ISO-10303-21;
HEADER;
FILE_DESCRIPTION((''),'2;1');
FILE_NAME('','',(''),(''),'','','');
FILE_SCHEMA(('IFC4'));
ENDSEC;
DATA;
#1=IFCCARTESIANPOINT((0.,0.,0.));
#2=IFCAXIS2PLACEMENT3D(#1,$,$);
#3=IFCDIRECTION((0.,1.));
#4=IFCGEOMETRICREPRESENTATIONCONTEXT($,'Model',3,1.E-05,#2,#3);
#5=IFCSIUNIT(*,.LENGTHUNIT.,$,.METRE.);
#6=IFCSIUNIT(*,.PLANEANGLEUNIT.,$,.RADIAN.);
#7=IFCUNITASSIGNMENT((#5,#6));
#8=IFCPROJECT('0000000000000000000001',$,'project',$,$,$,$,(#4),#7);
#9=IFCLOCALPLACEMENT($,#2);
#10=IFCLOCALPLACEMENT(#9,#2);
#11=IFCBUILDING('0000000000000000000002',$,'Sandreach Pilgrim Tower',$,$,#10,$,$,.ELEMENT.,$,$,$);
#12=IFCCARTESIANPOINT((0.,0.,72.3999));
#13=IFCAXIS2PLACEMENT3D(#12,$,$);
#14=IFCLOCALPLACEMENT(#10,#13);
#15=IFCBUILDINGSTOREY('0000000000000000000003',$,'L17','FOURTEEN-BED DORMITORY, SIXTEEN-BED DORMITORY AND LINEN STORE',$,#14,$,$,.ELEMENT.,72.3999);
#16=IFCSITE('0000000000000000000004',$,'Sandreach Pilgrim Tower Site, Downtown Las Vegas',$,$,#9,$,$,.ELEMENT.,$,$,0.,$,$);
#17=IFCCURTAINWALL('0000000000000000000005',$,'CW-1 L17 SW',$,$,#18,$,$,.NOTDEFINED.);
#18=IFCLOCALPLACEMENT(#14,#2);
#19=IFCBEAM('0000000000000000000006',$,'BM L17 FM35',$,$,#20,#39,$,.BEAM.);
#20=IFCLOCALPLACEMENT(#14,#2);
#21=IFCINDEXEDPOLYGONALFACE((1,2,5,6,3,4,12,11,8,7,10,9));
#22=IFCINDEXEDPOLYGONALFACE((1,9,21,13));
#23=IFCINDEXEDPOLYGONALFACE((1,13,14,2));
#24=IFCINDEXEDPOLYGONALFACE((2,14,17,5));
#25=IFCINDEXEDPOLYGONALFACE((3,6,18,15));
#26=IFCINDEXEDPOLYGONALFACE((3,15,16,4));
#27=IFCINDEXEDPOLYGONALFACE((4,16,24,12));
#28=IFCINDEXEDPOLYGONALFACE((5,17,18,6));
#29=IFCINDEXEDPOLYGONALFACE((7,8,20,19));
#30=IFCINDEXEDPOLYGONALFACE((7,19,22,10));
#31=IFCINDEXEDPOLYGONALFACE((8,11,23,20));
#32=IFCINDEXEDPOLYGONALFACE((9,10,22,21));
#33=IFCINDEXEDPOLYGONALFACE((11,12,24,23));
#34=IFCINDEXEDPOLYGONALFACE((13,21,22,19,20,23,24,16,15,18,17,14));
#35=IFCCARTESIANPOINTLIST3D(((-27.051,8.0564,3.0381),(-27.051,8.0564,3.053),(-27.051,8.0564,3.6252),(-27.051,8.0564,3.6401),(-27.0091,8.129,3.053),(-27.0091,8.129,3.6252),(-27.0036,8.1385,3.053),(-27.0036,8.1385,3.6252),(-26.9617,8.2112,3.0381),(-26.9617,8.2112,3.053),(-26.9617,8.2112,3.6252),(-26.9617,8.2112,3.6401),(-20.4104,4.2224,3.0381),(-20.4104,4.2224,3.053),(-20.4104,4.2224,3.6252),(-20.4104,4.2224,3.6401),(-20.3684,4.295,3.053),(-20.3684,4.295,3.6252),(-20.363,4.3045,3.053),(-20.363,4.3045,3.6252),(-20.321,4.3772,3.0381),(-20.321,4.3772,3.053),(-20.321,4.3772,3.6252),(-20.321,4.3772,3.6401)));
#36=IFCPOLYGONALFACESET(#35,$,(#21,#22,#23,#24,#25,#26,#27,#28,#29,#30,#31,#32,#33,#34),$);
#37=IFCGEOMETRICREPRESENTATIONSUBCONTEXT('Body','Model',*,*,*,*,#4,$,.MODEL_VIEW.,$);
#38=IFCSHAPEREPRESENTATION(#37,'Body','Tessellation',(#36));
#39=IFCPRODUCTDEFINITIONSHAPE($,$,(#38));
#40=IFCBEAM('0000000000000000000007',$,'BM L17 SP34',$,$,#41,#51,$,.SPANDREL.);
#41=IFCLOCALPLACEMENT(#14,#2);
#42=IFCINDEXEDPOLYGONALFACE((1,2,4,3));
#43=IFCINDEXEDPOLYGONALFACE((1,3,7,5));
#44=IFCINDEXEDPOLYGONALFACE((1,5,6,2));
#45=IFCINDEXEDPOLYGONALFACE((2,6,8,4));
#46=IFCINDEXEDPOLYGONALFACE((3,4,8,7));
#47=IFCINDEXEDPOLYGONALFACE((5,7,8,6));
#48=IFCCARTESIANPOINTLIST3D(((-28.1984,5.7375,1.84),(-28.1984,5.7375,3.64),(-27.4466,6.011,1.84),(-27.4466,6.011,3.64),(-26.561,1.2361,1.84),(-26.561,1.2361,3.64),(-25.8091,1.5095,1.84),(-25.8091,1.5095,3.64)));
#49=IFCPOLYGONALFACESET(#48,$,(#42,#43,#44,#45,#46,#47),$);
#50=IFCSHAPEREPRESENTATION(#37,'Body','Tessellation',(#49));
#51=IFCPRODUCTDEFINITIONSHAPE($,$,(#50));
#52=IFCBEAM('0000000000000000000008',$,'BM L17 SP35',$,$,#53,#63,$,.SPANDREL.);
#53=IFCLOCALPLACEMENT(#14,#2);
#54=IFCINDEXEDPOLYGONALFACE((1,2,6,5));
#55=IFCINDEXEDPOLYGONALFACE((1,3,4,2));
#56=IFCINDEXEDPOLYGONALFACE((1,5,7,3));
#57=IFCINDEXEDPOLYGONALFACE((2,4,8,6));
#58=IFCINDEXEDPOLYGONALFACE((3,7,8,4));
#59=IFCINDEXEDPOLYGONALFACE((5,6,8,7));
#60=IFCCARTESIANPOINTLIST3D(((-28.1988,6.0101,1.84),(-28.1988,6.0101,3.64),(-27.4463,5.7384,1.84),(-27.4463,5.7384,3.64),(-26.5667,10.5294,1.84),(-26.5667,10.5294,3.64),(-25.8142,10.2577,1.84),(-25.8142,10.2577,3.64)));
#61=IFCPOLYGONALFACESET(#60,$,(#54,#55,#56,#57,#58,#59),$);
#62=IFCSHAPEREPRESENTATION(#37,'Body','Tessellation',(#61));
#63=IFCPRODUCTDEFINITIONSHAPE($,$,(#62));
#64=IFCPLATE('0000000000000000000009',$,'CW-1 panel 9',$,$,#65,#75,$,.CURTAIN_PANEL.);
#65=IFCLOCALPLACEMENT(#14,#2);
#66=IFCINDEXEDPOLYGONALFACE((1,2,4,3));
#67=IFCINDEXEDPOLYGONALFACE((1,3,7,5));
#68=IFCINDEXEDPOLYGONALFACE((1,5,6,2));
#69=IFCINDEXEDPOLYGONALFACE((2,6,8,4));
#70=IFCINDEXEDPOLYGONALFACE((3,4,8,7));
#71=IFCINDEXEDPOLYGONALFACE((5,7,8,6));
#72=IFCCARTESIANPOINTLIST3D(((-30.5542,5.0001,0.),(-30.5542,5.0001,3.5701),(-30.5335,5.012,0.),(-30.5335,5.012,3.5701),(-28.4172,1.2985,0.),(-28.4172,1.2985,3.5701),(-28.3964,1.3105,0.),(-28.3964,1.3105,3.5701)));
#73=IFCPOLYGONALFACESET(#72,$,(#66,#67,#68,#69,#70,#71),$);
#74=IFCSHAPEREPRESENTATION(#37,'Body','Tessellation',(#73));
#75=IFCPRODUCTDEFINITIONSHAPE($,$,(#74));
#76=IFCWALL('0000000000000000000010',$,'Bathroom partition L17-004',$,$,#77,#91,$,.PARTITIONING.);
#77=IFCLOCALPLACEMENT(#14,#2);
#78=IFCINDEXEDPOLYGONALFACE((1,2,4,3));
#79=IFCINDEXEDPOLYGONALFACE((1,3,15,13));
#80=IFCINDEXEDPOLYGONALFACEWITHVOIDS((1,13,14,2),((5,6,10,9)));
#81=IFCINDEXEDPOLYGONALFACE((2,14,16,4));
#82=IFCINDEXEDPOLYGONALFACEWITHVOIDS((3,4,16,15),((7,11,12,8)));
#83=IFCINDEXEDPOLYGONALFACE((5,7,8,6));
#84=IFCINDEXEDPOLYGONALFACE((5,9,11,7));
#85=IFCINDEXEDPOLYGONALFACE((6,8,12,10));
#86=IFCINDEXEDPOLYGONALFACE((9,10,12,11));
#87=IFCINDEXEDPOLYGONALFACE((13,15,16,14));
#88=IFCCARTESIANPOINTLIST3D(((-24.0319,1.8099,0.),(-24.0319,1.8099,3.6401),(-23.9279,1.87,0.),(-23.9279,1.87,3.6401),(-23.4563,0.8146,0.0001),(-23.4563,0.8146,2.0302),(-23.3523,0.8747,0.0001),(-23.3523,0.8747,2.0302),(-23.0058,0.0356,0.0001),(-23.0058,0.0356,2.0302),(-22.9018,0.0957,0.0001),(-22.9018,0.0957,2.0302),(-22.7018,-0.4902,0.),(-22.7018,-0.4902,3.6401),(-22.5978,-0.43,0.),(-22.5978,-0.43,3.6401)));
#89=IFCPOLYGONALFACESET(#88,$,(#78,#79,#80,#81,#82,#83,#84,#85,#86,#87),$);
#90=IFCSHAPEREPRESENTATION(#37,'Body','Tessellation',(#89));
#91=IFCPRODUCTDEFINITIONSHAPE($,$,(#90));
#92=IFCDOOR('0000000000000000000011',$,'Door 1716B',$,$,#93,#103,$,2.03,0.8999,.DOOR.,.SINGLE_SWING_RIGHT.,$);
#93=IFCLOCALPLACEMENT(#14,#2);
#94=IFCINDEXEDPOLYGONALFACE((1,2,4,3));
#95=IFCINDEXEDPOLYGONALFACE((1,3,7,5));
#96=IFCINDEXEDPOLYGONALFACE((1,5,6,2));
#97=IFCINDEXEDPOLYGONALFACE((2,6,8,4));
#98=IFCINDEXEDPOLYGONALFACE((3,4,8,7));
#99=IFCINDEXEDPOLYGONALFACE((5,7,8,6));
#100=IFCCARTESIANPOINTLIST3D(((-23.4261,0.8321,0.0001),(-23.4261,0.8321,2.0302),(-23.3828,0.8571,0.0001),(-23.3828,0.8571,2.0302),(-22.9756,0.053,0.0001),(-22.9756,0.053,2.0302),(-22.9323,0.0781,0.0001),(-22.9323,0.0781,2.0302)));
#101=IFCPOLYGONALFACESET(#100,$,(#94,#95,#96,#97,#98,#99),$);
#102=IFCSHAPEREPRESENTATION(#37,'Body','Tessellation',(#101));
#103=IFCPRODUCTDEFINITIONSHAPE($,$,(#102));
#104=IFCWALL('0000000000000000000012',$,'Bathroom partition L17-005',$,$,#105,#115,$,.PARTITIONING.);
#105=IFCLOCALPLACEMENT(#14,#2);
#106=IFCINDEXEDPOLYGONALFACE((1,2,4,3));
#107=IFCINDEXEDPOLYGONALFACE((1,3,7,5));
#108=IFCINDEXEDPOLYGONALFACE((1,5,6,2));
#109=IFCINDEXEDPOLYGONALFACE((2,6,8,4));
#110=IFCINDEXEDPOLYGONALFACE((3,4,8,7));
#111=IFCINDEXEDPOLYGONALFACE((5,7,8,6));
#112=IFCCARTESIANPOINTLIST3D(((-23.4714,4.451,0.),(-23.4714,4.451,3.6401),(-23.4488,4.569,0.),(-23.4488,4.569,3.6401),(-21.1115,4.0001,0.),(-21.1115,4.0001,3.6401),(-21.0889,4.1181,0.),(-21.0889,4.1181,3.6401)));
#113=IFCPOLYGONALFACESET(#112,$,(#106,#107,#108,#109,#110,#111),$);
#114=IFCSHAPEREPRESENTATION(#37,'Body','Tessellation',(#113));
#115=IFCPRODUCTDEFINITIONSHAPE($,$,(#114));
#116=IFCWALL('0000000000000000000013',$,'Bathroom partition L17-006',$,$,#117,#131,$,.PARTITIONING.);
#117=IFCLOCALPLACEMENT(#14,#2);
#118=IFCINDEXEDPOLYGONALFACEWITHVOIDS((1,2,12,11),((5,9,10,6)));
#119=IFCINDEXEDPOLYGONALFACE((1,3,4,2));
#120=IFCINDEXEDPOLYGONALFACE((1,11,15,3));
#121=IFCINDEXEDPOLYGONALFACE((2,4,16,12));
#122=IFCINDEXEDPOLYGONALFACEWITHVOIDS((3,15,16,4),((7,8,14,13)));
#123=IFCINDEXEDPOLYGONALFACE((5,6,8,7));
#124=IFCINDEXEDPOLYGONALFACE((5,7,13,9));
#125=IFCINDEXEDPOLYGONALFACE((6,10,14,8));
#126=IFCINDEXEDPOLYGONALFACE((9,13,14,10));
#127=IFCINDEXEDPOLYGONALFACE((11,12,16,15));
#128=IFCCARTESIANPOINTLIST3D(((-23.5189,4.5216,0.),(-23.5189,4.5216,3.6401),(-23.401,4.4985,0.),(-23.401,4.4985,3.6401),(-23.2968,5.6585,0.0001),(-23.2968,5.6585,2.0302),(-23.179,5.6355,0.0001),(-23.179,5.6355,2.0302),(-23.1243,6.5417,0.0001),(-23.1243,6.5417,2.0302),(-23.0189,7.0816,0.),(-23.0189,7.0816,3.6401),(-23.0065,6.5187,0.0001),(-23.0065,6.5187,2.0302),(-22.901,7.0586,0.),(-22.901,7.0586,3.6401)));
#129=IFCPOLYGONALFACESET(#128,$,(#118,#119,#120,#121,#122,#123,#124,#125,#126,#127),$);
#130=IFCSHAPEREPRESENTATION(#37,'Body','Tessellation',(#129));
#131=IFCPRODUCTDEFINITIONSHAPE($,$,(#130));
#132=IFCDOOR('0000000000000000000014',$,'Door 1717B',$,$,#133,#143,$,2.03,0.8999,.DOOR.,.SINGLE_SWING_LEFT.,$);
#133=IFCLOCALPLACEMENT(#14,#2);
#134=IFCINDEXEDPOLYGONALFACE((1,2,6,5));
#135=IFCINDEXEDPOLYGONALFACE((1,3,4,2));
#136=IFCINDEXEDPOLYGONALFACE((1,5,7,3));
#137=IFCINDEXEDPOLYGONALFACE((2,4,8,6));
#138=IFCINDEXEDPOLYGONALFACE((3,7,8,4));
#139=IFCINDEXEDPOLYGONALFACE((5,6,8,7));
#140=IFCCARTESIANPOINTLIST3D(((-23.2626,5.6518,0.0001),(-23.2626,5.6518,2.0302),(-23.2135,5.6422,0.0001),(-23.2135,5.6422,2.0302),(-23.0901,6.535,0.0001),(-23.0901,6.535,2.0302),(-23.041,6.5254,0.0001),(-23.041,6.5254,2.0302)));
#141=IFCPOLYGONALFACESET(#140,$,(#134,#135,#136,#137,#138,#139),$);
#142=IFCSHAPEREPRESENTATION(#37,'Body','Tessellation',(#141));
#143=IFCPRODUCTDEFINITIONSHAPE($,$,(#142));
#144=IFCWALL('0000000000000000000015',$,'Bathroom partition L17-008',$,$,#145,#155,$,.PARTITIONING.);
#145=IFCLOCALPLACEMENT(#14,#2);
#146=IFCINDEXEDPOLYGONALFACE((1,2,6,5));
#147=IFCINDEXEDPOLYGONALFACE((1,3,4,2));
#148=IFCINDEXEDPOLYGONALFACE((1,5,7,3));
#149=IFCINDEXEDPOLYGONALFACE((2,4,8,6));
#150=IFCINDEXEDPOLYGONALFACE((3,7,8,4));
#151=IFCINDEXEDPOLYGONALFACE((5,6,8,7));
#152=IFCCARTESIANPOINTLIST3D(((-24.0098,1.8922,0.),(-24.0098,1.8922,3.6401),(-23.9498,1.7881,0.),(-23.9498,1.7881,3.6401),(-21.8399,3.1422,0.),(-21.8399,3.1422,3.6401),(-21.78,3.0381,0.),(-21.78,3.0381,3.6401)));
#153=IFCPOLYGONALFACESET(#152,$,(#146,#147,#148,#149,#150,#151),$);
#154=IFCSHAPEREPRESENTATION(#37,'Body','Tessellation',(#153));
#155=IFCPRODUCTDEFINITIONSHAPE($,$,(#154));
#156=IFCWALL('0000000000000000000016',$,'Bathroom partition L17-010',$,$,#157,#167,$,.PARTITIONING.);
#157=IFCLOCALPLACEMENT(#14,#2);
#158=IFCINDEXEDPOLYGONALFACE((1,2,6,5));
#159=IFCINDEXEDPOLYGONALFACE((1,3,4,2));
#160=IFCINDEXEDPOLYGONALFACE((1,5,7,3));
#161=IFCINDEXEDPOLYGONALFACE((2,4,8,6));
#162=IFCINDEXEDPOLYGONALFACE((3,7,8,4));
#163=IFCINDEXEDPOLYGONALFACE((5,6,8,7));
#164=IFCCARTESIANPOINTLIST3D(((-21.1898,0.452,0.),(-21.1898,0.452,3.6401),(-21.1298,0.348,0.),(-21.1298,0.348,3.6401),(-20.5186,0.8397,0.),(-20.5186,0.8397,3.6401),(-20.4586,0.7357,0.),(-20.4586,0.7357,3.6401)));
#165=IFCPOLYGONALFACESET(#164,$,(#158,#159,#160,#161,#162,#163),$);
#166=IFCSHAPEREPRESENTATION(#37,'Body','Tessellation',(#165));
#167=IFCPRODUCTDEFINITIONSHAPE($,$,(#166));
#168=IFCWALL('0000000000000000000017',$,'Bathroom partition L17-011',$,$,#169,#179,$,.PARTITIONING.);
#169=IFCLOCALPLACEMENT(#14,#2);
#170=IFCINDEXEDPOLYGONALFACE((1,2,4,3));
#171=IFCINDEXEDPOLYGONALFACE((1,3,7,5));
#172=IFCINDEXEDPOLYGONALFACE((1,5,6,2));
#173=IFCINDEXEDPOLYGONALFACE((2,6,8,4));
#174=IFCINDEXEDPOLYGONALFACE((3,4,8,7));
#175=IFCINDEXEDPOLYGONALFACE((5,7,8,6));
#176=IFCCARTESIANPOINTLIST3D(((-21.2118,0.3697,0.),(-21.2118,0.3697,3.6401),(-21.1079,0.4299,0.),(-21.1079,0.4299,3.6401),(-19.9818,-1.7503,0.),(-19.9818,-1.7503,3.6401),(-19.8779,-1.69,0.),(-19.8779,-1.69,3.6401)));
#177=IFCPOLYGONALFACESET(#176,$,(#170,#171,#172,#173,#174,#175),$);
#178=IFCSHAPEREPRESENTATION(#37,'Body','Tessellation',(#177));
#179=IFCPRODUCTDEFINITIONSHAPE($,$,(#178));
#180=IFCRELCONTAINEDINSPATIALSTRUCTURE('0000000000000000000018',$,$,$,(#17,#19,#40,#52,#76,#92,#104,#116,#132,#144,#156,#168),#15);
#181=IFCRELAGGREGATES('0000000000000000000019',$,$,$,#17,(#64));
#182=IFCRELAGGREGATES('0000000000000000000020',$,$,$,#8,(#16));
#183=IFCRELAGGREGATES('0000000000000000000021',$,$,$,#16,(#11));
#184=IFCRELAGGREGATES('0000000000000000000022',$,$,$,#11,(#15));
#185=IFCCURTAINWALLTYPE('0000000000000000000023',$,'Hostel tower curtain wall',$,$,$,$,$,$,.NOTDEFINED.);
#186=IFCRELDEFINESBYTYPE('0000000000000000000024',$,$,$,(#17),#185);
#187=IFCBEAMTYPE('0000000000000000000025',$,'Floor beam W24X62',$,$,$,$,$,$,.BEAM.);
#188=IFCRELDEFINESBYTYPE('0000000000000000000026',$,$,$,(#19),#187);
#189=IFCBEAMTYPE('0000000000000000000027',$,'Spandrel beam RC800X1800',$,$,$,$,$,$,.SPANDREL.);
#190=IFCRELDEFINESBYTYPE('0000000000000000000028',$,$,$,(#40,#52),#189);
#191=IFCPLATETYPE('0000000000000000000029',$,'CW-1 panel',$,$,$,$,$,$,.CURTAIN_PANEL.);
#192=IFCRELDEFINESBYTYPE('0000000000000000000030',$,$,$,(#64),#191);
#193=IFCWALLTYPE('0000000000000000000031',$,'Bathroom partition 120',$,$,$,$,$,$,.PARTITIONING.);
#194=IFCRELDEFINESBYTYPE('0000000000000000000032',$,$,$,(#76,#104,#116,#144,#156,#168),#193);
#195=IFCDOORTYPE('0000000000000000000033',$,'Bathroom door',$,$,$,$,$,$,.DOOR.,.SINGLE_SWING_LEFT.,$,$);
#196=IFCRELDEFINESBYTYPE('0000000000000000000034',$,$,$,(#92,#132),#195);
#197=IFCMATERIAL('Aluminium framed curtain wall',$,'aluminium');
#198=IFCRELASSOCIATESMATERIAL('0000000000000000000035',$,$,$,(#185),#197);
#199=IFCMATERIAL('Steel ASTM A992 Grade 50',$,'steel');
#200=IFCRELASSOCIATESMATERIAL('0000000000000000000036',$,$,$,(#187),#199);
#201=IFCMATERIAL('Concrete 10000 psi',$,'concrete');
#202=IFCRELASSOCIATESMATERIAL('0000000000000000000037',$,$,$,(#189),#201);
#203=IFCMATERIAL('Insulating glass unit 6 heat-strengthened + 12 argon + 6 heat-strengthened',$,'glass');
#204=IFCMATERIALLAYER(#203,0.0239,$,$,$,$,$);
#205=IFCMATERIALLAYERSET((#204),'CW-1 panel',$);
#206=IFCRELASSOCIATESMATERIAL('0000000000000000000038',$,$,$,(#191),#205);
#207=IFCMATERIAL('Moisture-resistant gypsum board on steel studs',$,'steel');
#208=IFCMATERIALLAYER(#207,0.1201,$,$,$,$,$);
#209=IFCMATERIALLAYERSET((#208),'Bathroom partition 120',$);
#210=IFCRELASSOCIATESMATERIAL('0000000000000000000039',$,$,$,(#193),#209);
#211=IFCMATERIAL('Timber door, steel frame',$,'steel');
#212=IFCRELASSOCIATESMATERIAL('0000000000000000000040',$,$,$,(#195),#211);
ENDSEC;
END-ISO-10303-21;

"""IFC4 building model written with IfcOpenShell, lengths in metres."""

from ifc_helpers import new_model, si_unit, direction, frame, frame_2d, origin, origin_2d, place, context, subcontext, project, spatial, rectangle, i_section, extrude, material, layer, layer_set, material_profile, profile_set, type_object, element, fill, aggregate, save


model = new_model("IFC4")

# Units and contexts
model_context = context("Model", 3, precision=1e-05, world=origin(), true_north=direction((0.0, 1.0)))
body_context = subcontext(model_context, "Body", "Model", "MODEL_VIEW")
ifc_project = project(units=[si_unit("LENGTHUNIT", "METRE"), si_unit("PLANEANGLEUNIT", "RADIAN")], contexts=[model_context])

# Site, building, storey
site_placement = place(None, origin())
site = spatial("IfcSite", under=ifc_project, at=site_placement, Name="Sandreach Pilgrim Tower Site, Downtown Las Vegas", CompositionType="ELEMENT", RefElevation=0.0)
building_placement = place(site_placement, origin())
building = spatial("IfcBuilding", under=site, at=building_placement, Name="Sandreach Pilgrim Tower", CompositionType="ELEMENT")
storey_placement = place(building_placement, frame((0.0, 0.0, 72.3999)))
storey = spatial("IfcBuildingStorey", under=building, at=storey_placement, Name="L17", Description="FOURTEEN-BED DORMITORY, SIXTEEN-BED DORMITORY AND LINEN STORE", CompositionType="ELEMENT", Elevation=72.3999)

# Curtain wall
ifc_material_1 = material(Name="Aluminium framed curtain wall", Category="aluminium")
curtain_wall_type = type_object("IfcCurtainWallType", Name="Hostel tower curtain wall", PredefinedType="NOTDEFINED", material=ifc_material_1)
curtain_wall_1_placement = place(storey_placement, origin())
curtain_wall_1 = element("IfcCurtainWall", 1, at=curtain_wall_1_placement, inside=storey, type_object=curtain_wall_type, Name="CW-1 L17 SW", PredefinedType="NOTDEFINED")

# Beams
ifc_material_2 = material(Name="Steel ASTM A992 Grade 50", Category="steel")
ifc_material_profile_1 = material_profile(ifc_material_2, i_section(OverallWidth=0.1787, OverallDepth=0.6021, WebThickness=0.011, FlangeThickness=0.0149, at=origin_2d()), Name="W24X62")
ifc_profile_set_1 = profile_set([ifc_material_profile_1], Name="Steel ASTM A992 Grade 50")
beam_type_1 = type_object("IfcBeamType", Name="Floor beam W24X62", PredefinedType="BEAM", material=ifc_profile_set_1)
beam_1_placement = place(storey_placement, frame((-27.0063, 8.1338, 3.3391), z_axis=(0.866024, -0.500002, 0.0), x_axis=(0.500002, 0.866024, 0.0)))
element("IfcBeam", 2, at=beam_1_placement, inside=storey, type_object=beam_type_1, Name="BM L17 FM35", PredefinedType="BEAM", context=body_context, shape_type="SweptSolid", body=[
    extrude(i_section(OverallWidth=0.1787, OverallDepth=0.6021, WebThickness=0.011, FlangeThickness=0.0149, at=origin_2d()), origin(), (0.0, 0.0, 1.0), 7.668),
])
ifc_material_3 = material(Name="Concrete 10000 psi", Category="concrete")
ifc_material_profile_2 = material_profile(ifc_material_3, rectangle(XDim=0.8, YDim=1.8, at=origin_2d()), Name="RC800X1800")
ifc_profile_set_2 = profile_set([ifc_material_profile_2], Name="Concrete 10000 psi")
beam_type_2 = type_object("IfcBeamType", Name="Spandrel beam RC800X1800", PredefinedType="SPANDREL", material=ifc_profile_set_2)
beam_2_placement = place(storey_placement, frame((-26.1851, 1.3728, 2.74), z_axis=(-0.341845, 0.939756, 0.0), x_axis=(-0.939756, -0.341845, 0.0)))
element("IfcBeam", 3, at=beam_2_placement, inside=storey, type_object=beam_type_2, Name="BM L17 SP34", PredefinedType="SPANDREL", context=body_context, shape_type="SweptSolid", body=[
    extrude(rectangle(XDim=0.8, YDim=1.8, at=origin_2d()), origin(), (0.0, 0.0, 1.0), 4.79),
])
beam_3_placement = place(storey_placement, frame((-27.8225, 5.8743, 2.74), z_axis=(0.339666, 0.940546, 0.0), x_axis=(-0.940546, 0.339666, 0.0)))
element("IfcBeam", 4, at=beam_3_placement, inside=storey, type_object=beam_type_2, Name="BM L17 SP35", PredefinedType="SPANDREL", context=body_context, shape_type="SweptSolid", body=[
    extrude(rectangle(XDim=0.8, YDim=1.8, at=origin_2d()), origin(), (0.0, 0.0, 1.0), 4.8049),
])

# Plate
ifc_material_4 = material(Name="Insulating glass unit 6 heat-strengthened + 12 argon + 6 heat-strengthened", Category="glass")
ifc_layer_1 = layer(ifc_material_4, 0.0239)
ifc_layer_set_1 = layer_set([ifc_layer_1], Name="CW-1 panel")
plate_type = type_object("IfcPlateType", Name="CW-1 panel", PredefinedType="CURTAIN_PANEL", material=ifc_layer_set_1)
plate_placement = place(storey_placement, frame((-29.4753, 3.1553, 0.0), z_axis=(0.0, 0.0, 1.0), x_axis=(-0.5, 0.866025, 0.0)))
plate = element("IfcPlate", 5, at=plate_placement, type_object=plate_type, Name="CW-1 panel 9", PredefinedType="CURTAIN_PANEL", context=body_context, shape_type="SweptSolid", body=[
    extrude(rectangle(XDim=4.2742, YDim=0.0239, at=origin_2d()), origin(), (0.0, 0.0, 1.0), 3.5701),
])
aggregate(curtain_wall_1, [plate])

# Wall, opening, door
ifc_material_5 = material(Name="Moisture-resistant gypsum board on steel studs", Category="steel")
ifc_layer_2 = layer(ifc_material_5, 0.1201)
ifc_layer_set_2 = layer_set([ifc_layer_2], Name="Bathroom partition 120")
wall_type_1 = type_object("IfcWallType", Name="Bathroom partition 120", PredefinedType="PARTITIONING", material=ifc_layer_set_2)
wall_1_placement = place(storey_placement, frame((-23.98, 1.8401, 0.0), z_axis=(0.0, 0.0, 1.0), x_axis=(0.500605, -0.865676, 0.0)))
wall_1 = element("IfcWall", 6, at=wall_1_placement, inside=storey, type_object=wall_type_1, Name="Bathroom partition L17-004", PredefinedType="PARTITIONING", context=body_context, shape_type="SweptSolid", body=[
    extrude(rectangle(XDim=2.657, YDim=0.1201, at=frame_2d((1.3286, 0.0))), origin(), (0.0, 0.0, 1.0), 3.6401),
])
opening_1_placement = place(wall_1_placement, frame((1.1499, 0.0, 0.0)))
opening_1 = element("IfcOpeningElement", 7, at=opening_1_placement, cuts=wall_1, PredefinedType="OPENING", context=body_context, shape_type="SweptSolid", body=[
    extrude(rectangle(XDim=0.8999, YDim=2.03, at=frame_2d((0.45, 1.0151))), frame((0.0, 0.0601, 0.0), z_axis=(0.0, -1.0, 0.0), x_axis=(1.0, 0.0, 0.0)), (0.0, 0.0, 1.0), 0.1201),
])
ifc_material_6 = material(Name="Timber door, steel frame", Category="steel")
door_type_1 = type_object("IfcDoorType", Name="Bathroom door", OperationType="SINGLE_SWING_LEFT", PredefinedType="DOOR", material=ifc_material_6)
door_1_placement = place(opening_1_placement, origin())
door_1 = element("IfcDoor", 8, at=door_1_placement, inside=storey, type_object=door_type_1, Name="Door 1716B", OperationType="SINGLE_SWING_RIGHT", OverallHeight=2.03, OverallWidth=0.8999, PredefinedType="DOOR", context=body_context, shape_type="SweptSolid", body=[
    extrude(rectangle(XDim=0.8999, YDim=2.03, at=frame_2d((0.45, 1.0151))), frame((0.0, 0.0249, 0.0), z_axis=(0.0, -1.0, 0.0), x_axis=(1.0, 0.0, 0.0)), (0.0, 0.0, 1.0), 0.05),
])
fill(opening_1, door_1)

# Wall
wall_2_placement = place(storey_placement, frame((-23.46, 4.51, 0.0), z_axis=(0.0, 0.0, 1.0), x_axis=(0.982229, -0.187686, 0.0)))
element("IfcWall", 9, at=wall_2_placement, inside=storey, type_object=wall_type_1, Name="Bathroom partition L17-005", PredefinedType="PARTITIONING", context=body_context, shape_type="SweptSolid", body=[
    extrude(rectangle(XDim=2.4026, YDim=0.1201, at=frame_2d((1.2012, 0.0))), origin(), (0.0, 0.0, 1.0), 3.6401),
])

# Wall, opening, door
wall_3_placement = place(storey_placement, frame((-22.96, 7.0701, 0.0), z_axis=(0.0, 0.0, 1.0), x_axis=(-0.191686, -0.981456, 0.0)))
wall_3 = element("IfcWall", 10, at=wall_3_placement, inside=storey, type_object=wall_type_1, Name="Bathroom partition L17-006", PredefinedType="PARTITIONING", context=body_context, shape_type="SweptSolid", body=[
    extrude(rectangle(XDim=2.6084, YDim=0.1201, at=frame_2d((1.3042, 0.0))), origin(), (0.0, 0.0, 1.0), 3.6401),
])
opening_2_placement = place(wall_3_placement, frame((0.55, 0.0, 0.0)))
opening_2 = element("IfcOpeningElement", 11, at=opening_2_placement, cuts=wall_3, PredefinedType="OPENING", context=body_context, shape_type="SweptSolid", body=[
    extrude(rectangle(XDim=0.8999, YDim=2.03, at=frame_2d((0.45, 1.0151))), frame((0.0, 0.0601, 0.0), z_axis=(0.0, -1.0, 0.0), x_axis=(1.0, 0.0, 0.0)), (0.0, 0.0, 1.0), 0.1201),
])
door_2_placement = place(opening_2_placement, origin())
door_2 = element("IfcDoor", 12, at=door_2_placement, inside=storey, type_object=door_type_1, Name="Door 1717B", OperationType="SINGLE_SWING_LEFT", OverallHeight=2.03, OverallWidth=0.8999, PredefinedType="DOOR", context=body_context, shape_type="SweptSolid", body=[
    extrude(rectangle(XDim=0.8999, YDim=2.03, at=frame_2d((0.45, 1.0151))), frame((0.0, 0.0249, 0.0), z_axis=(0.0, -1.0, 0.0), x_axis=(1.0, 0.0, 0.0)), (0.0, 0.0, 1.0), 0.05),
])
fill(opening_2, door_2)

# Walls
wall_4_placement = place(storey_placement, frame((-21.8101, 3.0901, 0.0), z_axis=(0.0, 0.0, 1.0), x_axis=(-0.86651, -0.49916, 0.0)))
element("IfcWall", 13, at=wall_4_placement, inside=storey, type_object=wall_type_1, Name="Bathroom partition L17-008", PredefinedType="PARTITIONING", context=body_context, shape_type="SweptSolid", body=[
    extrude(rectangle(XDim=2.5042, YDim=0.1201, at=frame_2d((1.252, 0.0))), origin(), (0.0, 0.0, 1.0), 3.6401),
])
wall_5_placement = place(storey_placement, frame((-21.1599, 0.3999, 0.0), z_axis=(0.0, 0.0, 1.0), x_axis=(0.865908, 0.500204, 0.0)))
element("IfcWall", 14, at=wall_5_placement, inside=storey, type_object=wall_type_1, Name="Bathroom partition L17-010", PredefinedType="PARTITIONING", context=body_context, shape_type="SweptSolid", body=[
    extrude(rectangle(XDim=0.7751, YDim=0.1201, at=frame_2d((0.3877, 0.0))), origin(), (0.0, 0.0, 1.0), 3.6401),
])
wall_6_placement = place(storey_placement, frame((-21.1599, 0.3999, 0.0), z_axis=(0.0, 0.0, 1.0), x_axis=(0.501857, -0.864951, 0.0)))
element("IfcWall", 15, at=wall_6_placement, inside=storey, type_object=wall_type_1, Name="Bathroom partition L17-011", PredefinedType="PARTITIONING", context=body_context, shape_type="SweptSolid", body=[
    extrude(rectangle(XDim=2.4509, YDim=0.1201, at=frame_2d((1.2256, 0.0))), origin(), (0.0, 0.0, 1.0), 3.6401),
])

save(model, "model.ifc")
